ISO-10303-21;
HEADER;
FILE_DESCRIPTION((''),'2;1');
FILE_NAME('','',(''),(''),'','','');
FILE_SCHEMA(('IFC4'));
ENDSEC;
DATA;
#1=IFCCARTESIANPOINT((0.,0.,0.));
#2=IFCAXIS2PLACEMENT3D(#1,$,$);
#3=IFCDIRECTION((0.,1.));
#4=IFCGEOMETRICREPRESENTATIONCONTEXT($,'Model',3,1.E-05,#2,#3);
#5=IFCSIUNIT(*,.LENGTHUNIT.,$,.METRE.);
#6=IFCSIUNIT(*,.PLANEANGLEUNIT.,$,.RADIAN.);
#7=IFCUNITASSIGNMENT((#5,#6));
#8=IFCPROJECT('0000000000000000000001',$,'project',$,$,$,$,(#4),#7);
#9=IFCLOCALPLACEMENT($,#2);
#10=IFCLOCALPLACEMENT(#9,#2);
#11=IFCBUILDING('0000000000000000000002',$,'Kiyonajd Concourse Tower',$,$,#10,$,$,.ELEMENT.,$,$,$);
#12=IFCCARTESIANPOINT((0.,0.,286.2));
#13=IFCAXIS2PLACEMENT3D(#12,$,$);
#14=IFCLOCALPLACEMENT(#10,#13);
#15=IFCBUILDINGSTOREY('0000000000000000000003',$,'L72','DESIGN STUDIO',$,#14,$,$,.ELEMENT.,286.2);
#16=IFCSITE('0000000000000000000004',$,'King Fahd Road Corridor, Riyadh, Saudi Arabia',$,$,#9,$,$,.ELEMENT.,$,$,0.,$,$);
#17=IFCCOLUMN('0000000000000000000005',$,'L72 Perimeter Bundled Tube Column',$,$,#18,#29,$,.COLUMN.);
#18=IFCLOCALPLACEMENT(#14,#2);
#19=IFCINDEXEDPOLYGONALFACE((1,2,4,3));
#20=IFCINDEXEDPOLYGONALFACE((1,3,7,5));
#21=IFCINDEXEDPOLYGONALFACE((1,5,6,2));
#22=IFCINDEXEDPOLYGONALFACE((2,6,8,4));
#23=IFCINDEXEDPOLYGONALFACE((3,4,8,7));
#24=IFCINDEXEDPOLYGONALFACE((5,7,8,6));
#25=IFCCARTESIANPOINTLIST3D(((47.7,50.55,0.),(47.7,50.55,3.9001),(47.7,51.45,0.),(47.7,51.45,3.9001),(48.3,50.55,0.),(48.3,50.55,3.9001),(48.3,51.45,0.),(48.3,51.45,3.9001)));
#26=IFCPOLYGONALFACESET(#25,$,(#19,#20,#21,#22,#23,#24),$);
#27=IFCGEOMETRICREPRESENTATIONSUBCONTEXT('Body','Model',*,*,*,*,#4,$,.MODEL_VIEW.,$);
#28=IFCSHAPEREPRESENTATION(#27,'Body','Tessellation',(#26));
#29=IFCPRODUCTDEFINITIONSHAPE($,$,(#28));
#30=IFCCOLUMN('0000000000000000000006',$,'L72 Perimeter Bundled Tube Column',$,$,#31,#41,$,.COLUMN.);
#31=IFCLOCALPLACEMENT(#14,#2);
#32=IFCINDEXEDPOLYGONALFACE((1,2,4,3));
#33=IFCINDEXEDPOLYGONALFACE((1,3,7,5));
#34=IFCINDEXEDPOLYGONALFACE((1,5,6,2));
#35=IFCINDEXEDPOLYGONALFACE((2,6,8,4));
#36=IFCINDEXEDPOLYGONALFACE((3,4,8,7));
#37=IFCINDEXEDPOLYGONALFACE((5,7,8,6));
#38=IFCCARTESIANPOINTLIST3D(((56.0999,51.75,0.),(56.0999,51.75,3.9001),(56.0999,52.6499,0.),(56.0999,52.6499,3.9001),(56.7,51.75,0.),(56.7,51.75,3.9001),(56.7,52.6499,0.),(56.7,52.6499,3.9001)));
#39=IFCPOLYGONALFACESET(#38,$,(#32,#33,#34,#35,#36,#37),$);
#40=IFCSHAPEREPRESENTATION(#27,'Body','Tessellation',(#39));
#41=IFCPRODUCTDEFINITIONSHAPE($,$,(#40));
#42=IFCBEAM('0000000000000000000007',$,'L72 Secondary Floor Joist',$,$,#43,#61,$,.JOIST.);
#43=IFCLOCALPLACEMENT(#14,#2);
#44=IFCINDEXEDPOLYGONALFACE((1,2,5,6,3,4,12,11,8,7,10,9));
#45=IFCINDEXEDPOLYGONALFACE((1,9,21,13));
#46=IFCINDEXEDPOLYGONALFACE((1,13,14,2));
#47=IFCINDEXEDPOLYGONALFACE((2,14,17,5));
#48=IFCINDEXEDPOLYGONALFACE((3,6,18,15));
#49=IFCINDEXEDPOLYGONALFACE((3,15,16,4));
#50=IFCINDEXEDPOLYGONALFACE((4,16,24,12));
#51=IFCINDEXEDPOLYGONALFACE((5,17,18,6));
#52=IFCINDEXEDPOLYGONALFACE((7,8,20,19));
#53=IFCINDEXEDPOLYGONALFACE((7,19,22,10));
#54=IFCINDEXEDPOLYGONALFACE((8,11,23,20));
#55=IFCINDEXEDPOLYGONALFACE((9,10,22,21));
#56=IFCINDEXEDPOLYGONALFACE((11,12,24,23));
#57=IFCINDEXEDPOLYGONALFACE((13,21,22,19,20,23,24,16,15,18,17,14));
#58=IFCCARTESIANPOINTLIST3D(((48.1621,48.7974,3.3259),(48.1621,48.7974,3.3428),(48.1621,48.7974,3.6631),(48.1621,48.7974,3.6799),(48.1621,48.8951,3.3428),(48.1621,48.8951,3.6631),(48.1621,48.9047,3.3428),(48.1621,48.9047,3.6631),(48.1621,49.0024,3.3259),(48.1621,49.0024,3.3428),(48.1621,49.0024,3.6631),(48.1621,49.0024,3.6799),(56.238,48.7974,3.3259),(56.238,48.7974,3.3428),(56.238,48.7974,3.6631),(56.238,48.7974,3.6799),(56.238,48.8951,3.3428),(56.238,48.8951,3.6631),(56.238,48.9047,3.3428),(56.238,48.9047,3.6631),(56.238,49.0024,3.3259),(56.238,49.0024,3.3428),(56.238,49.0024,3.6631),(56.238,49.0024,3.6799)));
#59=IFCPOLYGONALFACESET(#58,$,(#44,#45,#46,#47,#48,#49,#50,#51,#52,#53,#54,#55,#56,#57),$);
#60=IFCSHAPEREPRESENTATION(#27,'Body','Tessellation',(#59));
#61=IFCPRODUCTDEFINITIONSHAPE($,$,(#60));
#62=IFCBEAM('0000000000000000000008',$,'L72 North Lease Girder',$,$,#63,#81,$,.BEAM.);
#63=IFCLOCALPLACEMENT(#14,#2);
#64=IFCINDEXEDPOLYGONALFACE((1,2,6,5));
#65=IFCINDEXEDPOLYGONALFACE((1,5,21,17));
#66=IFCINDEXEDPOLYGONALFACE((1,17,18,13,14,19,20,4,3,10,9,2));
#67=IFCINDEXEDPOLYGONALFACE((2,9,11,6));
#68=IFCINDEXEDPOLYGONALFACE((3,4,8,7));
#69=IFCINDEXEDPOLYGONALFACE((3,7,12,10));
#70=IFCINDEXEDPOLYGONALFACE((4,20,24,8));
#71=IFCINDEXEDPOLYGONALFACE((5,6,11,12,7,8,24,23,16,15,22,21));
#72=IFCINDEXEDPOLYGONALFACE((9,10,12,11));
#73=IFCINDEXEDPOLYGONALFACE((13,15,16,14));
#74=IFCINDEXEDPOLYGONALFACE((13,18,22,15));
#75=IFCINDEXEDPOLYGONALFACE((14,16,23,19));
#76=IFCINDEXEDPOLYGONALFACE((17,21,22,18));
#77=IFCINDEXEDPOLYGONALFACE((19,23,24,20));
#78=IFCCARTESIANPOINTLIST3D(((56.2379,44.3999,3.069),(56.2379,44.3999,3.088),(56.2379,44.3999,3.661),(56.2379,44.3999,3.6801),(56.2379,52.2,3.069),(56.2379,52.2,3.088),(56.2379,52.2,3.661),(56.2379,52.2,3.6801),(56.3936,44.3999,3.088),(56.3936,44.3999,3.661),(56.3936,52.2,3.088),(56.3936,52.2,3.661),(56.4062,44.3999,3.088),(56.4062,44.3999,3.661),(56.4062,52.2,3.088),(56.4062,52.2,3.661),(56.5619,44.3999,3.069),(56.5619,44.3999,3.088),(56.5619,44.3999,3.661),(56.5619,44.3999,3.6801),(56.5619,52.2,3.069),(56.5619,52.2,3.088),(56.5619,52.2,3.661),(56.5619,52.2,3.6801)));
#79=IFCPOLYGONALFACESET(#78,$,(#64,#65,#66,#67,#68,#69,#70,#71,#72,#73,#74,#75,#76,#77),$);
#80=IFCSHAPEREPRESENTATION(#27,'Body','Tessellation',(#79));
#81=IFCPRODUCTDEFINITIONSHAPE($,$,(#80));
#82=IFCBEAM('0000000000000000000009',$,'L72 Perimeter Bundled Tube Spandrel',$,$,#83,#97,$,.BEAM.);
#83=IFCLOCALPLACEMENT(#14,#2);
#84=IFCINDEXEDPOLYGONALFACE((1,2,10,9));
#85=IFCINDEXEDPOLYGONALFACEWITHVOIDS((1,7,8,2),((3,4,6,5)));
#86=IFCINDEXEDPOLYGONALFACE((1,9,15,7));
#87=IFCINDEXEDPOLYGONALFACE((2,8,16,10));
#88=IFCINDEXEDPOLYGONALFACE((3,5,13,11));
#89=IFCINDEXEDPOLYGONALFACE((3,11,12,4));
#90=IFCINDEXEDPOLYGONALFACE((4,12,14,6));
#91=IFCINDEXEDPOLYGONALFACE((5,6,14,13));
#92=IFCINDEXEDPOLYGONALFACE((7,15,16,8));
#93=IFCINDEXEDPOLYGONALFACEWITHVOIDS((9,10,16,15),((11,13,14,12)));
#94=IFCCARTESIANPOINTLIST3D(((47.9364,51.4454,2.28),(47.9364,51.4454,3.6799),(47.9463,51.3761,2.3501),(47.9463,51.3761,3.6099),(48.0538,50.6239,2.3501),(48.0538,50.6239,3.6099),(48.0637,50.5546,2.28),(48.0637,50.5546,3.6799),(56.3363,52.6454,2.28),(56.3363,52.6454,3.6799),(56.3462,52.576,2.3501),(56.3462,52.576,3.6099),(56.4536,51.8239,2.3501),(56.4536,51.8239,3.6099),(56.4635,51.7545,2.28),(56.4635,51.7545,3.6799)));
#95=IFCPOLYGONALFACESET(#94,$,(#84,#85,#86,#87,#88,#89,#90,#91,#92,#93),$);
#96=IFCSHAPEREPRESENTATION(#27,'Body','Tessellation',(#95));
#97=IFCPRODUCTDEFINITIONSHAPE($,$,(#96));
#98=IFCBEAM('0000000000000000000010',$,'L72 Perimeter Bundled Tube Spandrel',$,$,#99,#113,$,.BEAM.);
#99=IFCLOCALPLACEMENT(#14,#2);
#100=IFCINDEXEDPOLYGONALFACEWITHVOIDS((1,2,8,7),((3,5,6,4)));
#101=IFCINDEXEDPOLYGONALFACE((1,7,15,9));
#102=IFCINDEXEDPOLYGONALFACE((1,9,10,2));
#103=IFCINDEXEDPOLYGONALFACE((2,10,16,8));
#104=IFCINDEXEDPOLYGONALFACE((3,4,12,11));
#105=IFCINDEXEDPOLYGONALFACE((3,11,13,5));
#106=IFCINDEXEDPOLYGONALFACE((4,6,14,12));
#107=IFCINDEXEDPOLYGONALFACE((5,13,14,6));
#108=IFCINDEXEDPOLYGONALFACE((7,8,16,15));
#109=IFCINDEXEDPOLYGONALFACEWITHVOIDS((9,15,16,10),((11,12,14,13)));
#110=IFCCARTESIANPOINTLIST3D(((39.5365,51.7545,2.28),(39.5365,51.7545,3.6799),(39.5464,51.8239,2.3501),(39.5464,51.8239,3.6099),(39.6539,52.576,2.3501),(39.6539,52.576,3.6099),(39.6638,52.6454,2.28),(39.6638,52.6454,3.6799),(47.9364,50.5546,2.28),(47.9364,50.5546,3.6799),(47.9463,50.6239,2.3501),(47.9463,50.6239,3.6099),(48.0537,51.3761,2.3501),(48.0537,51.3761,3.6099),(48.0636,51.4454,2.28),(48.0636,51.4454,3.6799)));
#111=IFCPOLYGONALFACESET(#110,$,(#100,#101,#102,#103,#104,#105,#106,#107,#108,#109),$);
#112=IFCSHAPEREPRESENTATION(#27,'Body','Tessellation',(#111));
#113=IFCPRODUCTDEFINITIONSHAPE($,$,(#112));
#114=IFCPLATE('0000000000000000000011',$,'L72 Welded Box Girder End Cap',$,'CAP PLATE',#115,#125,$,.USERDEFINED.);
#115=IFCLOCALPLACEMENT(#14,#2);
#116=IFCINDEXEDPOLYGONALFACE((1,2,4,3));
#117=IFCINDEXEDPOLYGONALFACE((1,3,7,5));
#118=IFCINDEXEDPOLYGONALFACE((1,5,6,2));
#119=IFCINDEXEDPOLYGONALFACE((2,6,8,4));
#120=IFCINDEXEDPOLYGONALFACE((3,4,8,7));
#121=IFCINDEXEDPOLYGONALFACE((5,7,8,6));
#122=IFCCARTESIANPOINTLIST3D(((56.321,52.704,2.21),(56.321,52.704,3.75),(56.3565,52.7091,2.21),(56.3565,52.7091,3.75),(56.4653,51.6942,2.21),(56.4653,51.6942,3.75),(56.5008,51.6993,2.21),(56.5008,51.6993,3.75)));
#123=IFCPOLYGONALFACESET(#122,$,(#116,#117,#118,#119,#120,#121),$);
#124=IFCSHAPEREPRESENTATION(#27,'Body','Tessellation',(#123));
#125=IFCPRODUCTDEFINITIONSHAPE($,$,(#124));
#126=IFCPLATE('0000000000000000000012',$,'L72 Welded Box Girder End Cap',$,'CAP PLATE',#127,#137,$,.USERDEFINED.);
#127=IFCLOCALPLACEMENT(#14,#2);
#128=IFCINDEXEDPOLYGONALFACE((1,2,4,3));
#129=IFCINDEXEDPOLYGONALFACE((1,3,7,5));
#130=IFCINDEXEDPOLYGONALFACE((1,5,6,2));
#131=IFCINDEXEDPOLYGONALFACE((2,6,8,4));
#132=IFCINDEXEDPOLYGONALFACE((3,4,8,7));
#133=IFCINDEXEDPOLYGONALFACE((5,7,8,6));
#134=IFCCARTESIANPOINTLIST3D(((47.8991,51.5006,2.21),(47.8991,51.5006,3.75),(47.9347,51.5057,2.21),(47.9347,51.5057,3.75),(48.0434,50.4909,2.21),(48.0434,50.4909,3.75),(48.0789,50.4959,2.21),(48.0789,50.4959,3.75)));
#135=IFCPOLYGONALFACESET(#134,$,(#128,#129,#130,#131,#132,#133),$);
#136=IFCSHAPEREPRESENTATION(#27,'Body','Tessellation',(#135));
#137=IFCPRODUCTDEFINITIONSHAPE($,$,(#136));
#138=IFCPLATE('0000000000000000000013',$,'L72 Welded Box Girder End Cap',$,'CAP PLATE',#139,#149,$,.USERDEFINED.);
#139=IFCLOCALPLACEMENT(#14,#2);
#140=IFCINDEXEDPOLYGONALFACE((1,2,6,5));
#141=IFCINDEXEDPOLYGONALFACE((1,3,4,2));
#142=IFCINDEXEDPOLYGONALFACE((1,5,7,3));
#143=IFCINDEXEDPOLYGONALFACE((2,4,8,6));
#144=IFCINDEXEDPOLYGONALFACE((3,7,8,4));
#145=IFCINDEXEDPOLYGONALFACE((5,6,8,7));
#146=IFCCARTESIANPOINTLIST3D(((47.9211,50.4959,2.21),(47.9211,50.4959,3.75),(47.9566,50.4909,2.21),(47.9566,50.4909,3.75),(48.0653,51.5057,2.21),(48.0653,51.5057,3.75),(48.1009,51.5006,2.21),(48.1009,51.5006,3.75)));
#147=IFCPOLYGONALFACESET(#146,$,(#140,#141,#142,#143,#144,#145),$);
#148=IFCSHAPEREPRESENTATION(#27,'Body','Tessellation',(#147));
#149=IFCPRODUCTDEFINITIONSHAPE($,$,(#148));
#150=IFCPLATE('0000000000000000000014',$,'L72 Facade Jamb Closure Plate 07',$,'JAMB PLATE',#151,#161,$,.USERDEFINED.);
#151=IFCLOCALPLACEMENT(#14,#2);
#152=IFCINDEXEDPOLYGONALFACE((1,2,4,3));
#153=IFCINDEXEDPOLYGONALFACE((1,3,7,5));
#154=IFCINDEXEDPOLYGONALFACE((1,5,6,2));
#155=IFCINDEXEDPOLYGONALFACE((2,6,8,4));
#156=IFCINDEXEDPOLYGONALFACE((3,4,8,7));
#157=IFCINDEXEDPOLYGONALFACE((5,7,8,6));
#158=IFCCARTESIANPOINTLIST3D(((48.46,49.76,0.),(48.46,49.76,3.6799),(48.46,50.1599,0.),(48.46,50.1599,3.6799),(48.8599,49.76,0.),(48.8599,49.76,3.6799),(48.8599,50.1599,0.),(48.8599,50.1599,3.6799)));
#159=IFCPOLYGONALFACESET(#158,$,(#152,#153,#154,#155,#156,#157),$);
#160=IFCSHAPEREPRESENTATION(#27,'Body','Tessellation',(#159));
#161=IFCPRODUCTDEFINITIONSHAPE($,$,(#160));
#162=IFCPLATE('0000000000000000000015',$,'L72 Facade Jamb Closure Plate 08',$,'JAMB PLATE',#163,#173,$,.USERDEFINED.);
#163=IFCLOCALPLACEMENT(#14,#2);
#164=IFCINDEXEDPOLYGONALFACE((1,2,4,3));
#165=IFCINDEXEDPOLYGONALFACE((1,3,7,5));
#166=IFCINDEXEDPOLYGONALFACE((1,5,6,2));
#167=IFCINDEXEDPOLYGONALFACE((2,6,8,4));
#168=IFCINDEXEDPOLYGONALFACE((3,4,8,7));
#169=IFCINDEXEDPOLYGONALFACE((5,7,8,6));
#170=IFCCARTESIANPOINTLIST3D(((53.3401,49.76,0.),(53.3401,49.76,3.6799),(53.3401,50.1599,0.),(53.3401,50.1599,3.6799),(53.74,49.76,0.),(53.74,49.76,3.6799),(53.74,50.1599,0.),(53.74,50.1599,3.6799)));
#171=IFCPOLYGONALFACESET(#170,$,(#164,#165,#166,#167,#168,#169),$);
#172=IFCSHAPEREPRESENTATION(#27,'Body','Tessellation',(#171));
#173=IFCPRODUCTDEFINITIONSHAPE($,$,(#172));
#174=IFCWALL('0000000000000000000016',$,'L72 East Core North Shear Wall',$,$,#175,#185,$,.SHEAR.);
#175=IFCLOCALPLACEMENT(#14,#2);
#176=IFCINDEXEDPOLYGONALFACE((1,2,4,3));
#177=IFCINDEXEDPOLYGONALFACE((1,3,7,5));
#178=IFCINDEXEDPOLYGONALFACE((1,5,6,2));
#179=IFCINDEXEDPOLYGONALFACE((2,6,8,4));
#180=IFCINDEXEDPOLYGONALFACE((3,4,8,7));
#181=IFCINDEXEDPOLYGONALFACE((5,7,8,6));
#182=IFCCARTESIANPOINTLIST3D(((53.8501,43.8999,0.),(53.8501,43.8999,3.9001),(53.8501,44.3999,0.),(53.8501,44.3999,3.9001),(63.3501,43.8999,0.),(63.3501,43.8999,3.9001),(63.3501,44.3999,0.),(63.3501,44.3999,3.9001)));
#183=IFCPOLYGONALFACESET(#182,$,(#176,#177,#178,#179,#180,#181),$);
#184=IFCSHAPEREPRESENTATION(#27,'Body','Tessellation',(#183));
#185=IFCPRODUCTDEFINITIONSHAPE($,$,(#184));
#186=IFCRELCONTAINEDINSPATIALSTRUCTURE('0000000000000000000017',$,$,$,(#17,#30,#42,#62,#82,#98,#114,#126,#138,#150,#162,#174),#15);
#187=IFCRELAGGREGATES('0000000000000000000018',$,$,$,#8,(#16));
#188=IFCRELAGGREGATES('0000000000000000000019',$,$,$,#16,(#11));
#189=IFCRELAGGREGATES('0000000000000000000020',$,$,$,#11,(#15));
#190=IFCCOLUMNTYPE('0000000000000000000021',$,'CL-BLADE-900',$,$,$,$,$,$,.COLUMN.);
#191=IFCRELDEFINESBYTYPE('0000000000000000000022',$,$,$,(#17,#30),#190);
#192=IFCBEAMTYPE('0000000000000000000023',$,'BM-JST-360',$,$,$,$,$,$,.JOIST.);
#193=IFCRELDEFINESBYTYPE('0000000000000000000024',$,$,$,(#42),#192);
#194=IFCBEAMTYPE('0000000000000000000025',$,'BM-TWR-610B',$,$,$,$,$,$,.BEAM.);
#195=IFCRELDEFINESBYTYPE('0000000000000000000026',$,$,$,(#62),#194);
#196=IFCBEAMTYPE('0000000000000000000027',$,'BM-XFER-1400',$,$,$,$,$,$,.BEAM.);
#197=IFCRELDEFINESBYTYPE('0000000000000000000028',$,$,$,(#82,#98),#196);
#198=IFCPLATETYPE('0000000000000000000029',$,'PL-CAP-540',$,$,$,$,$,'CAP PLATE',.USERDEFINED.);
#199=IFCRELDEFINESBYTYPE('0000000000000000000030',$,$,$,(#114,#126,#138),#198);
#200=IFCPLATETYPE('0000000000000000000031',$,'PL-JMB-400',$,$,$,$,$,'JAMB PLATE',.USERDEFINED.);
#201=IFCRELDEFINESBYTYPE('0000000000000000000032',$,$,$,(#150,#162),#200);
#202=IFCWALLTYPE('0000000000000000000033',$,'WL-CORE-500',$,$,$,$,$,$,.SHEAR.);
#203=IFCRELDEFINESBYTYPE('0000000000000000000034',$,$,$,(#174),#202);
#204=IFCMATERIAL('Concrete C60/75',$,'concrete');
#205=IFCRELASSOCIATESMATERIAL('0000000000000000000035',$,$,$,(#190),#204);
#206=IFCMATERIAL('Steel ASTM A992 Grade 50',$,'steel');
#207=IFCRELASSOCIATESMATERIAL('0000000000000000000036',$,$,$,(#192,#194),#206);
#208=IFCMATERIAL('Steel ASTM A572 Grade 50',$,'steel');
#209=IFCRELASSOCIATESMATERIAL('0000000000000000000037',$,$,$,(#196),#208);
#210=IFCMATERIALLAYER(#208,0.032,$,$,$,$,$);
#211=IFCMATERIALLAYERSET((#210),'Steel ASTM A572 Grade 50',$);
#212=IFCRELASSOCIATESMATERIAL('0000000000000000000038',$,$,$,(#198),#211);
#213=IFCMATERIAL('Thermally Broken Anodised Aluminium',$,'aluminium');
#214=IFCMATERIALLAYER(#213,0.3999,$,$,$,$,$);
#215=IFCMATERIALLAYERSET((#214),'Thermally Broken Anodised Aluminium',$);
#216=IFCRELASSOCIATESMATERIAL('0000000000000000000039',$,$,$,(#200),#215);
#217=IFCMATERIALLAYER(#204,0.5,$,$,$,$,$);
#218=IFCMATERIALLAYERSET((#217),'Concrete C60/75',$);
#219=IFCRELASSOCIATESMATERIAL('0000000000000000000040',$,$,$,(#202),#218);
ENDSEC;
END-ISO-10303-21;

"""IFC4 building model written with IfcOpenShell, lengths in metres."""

from ifc_helpers import new_model, si_unit, direction, frame, frame_2d, origin, origin_2d, place, context, subcontext, project, spatial, rectangle, hollow_rectangle, i_section, extrude, material, layer, layer_set, material_profile, profile_set, type_object, element, save


model = new_model("IFC4")

# Units and contexts
model_context = context("Model", 3, precision=1e-05, world=origin(), true_north=direction((0.0, 1.0)))
body_context = subcontext(model_context, "Body", "Model", "MODEL_VIEW")
ifc_project = project(units=[si_unit("LENGTHUNIT", "METRE"), si_unit("PLANEANGLEUNIT", "RADIAN")], contexts=[model_context])

# Site, building, storey
site_placement = place(None, origin())
site = spatial("IfcSite", under=ifc_project, at=site_placement, Name="King Fahd Road Corridor, Riyadh, Saudi Arabia", CompositionType="ELEMENT", RefElevation=0.0)
building_placement = place(site_placement, origin())
building = spatial("IfcBuilding", under=site, at=building_placement, Name="Kiyonajd Concourse Tower", CompositionType="ELEMENT")
storey_placement = place(building_placement, frame((0.0, 0.0, 286.2)))
storey = spatial("IfcBuildingStorey", under=building, at=storey_placement, Name="L72", Description="DESIGN STUDIO", CompositionType="ELEMENT", Elevation=286.2)

# Columns
ifc_material_1 = material(Name="Concrete C60/75", Category="concrete")
ifc_material_profile_1 = material_profile(ifc_material_1, rectangle(XDim=0.6001, YDim=0.8999, at=origin_2d()), Name="RC-900x600")
ifc_profile_set_1 = profile_set([ifc_material_profile_1], Name="Concrete C60/75")
column_type = type_object("IfcColumnType", Name="CL-BLADE-900", PredefinedType="COLUMN", material=ifc_profile_set_1)
for number, where, z_axis, x_axis, name in (
    (1, (48.0, 51.0, 0.0), (0.0, 0.0, 1.0), (1.0, 0.0, 0.0), "L72 Perimeter Bundled Tube Column"),
    (2, (56.3999, 52.2, 0.0), (0.0, 0.0, 1.0), (1.0, 0.0, 0.0), "L72 Perimeter Bundled Tube Column"),
):
    element("IfcColumn", number, at=place(storey_placement, frame(where, z_axis=z_axis, x_axis=x_axis)), inside=storey, type_object=column_type, Name=name, PredefinedType="COLUMN", context=body_context, shape_type="SweptSolid", body=[
        extrude(rectangle(XDim=0.6001, YDim=0.8999, at=origin_2d()), origin(), (0.0, 0.0, 1.0), 3.9001),
    ])

# Beams
ifc_material_2 = material(Name="Steel ASTM A992 Grade 50", Category="steel")
ifc_material_profile_2 = material_profile(ifc_material_2, i_section(OverallWidth=0.2051, OverallDepth=0.354, WebThickness=0.0095, FlangeThickness=0.0168, at=origin_2d()), Name="W360X79")
ifc_profile_set_2 = profile_set([ifc_material_profile_2], Name="Steel ASTM A992 Grade 50")
beam_type_1 = type_object("IfcBeamType", Name="BM-JST-360", PredefinedType="JOIST", material=ifc_profile_set_2)
beam_1_placement = place(storey_placement, frame((48.1621, 48.8999, 3.5029), z_axis=(1.0, 0.0, 0.0), x_axis=(0.0, 1.0, 0.0)))
element("IfcBeam", 3, at=beam_1_placement, inside=storey, type_object=beam_type_1, Name="L72 Secondary Floor Joist", PredefinedType="JOIST", context=body_context, shape_type="SweptSolid", body=[
    extrude(i_section(OverallWidth=0.2051, OverallDepth=0.354, WebThickness=0.0095, FlangeThickness=0.0168, at=origin_2d()), origin(), (0.0, 0.0, 1.0), 8.0759),
])
ifc_material_profile_3 = material_profile(ifc_material_2, i_section(OverallWidth=0.324, OverallDepth=0.6111, WebThickness=0.0127, FlangeThickness=0.019, at=origin_2d()), Name="W610X155")
ifc_profile_set_3 = profile_set([ifc_material_profile_3], Name="Steel ASTM A992 Grade 50")
beam_type_2 = type_object("IfcBeamType", Name="BM-TWR-610B", PredefinedType="BEAM", material=ifc_profile_set_3)
beam_2_placement = place(storey_placement, frame((56.3999, 44.3999, 3.3745), z_axis=(0.0, 1.0, 0.0), x_axis=(-1.0, 0.0, 0.0)))
element("IfcBeam", 4, at=beam_2_placement, inside=storey, type_object=beam_type_2, Name="L72 North Lease Girder", PredefinedType="BEAM", context=body_context, shape_type="SweptSolid", body=[
    extrude(i_section(OverallWidth=0.324, OverallDepth=0.6111, WebThickness=0.0127, FlangeThickness=0.019, at=origin_2d()), origin(), (0.0, 0.0, 1.0), 7.8),
])
ifc_material_3 = material(Name="Steel ASTM A572 Grade 50", Category="steel")
ifc_material_profile_4 = material_profile(ifc_material_3, hollow_rectangle(XDim=0.8999, YDim=1.3999, WallThickness=0.0701, at=origin_2d()), Name="BOX-1400x900x70")
ifc_profile_set_4 = profile_set([ifc_material_profile_4], Name="Steel ASTM A572 Grade 50")
beam_type_3 = type_object("IfcBeamType", Name="BM-XFER-1400", PredefinedType="BEAM", material=ifc_profile_set_4)
for number, where, z_axis, x_axis, name in (
    (5, (56.3999, 52.2, 2.98), (-0.98995, -0.141417, 0.0), (0.141417, -0.98995, 0.0), "L72 Perimeter Bundled Tube Spandrel"),
    (6, (48.0, 51.0, 2.98), (-0.98995, 0.141417, 0.0), (-0.141417, -0.98995, 0.0), "L72 Perimeter Bundled Tube Spandrel"),
):
    element("IfcBeam", number, at=place(storey_placement, frame(where, z_axis=z_axis, x_axis=x_axis)), inside=storey, type_object=beam_type_3, Name=name, PredefinedType="BEAM", context=body_context, shape_type="SweptSolid", body=[
        extrude(hollow_rectangle(XDim=0.8999, YDim=1.3999, WallThickness=0.0701, at=origin_2d()), origin(), (0.0, 0.0, 1.0), 8.4851),
    ])

# Plates
ifc_layer_1 = layer(ifc_material_3, 0.032)
ifc_layer_set_1 = layer_set([ifc_layer_1], Name="Steel ASTM A572 Grade 50")
plate_type_1 = type_object("IfcPlateType", Name="PL-CAP-540", ElementType="CAP PLATE", PredefinedType="USERDEFINED", material=ifc_layer_set_1)
for number, where, z_axis, x_axis, name in (
    (7, (56.4109, 52.2017, 2.21), (0.0, 0.0, 1.0), (0.98995, 0.14142, 0.0), "L72 Welded Box Girder End Cap"),
    (8, (47.989, 50.9983, 2.21), (0.0, 0.0, 1.0), (-0.98995, -0.14142, 0.0), "L72 Welded Box Girder End Cap"),
    (9, (48.011, 50.9983, 2.21), (0.0, 0.0, 1.0), (0.98995, -0.14142, 0.0), "L72 Welded Box Girder End Cap"),
):
    element("IfcPlate", number, at=place(storey_placement, frame(where, z_axis=z_axis, x_axis=x_axis)), inside=storey, type_object=plate_type_1, Name=name, ObjectType="CAP PLATE", PredefinedType="USERDEFINED", context=body_context, shape_type="SweptSolid", body=[
        extrude(rectangle(XDim=0.0359, YDim=1.02, at=origin_2d()), origin(), (0.0, 0.0, 1.0), 1.54),
    ])
ifc_material_4 = material(Name="Thermally Broken Anodised Aluminium", Category="aluminium")
ifc_layer_2 = layer(ifc_material_4, 0.3999)
ifc_layer_set_2 = layer_set([ifc_layer_2], Name="Thermally Broken Anodised Aluminium")
plate_type_2 = type_object("IfcPlateType", Name="PL-JMB-400", ElementType="JAMB PLATE", PredefinedType="USERDEFINED", material=ifc_layer_set_2)
for number, where, z_axis, x_axis, name in (
    (10, (48.6599, 49.96, 0.0), (0.0, 0.0, 1.0), (1.0, 0.0, 0.0), "L72 Facade Jamb Closure Plate 07"),
    (11, (53.54, 49.96, 0.0), (0.0, 0.0, 1.0), (1.0, 0.0, 0.0), "L72 Facade Jamb Closure Plate 08"),
):
    element("IfcPlate", number, at=place(storey_placement, frame(where, z_axis=z_axis, x_axis=x_axis)), inside=storey, type_object=plate_type_2, Name=name, ObjectType="JAMB PLATE", PredefinedType="USERDEFINED", context=body_context, shape_type="SweptSolid", body=[
        extrude(rectangle(XDim=0.3999, YDim=0.3999, at=origin_2d()), origin(), (0.0, 0.0, 1.0), 3.6799),
    ])

# Wall
ifc_layer_3 = layer(ifc_material_1, 0.5)
ifc_layer_set_3 = layer_set([ifc_layer_3], Name="Concrete C60/75")
wall_type_1 = type_object("IfcWallType", Name="WL-CORE-500", PredefinedType="SHEAR", material=ifc_layer_set_3)
wall_1_placement = place(storey_placement, frame((53.8501, 44.1499, 0.0), z_axis=(0.0, 0.0, 1.0), x_axis=(1.0, 0.0, 0.0)))
element("IfcWall", 12, at=wall_1_placement, inside=storey, type_object=wall_type_1, Name="L72 East Core North Shear Wall", PredefinedType="SHEAR", context=body_context, shape_type="SweptSolid", body=[
    extrude(rectangle(XDim=9.5, YDim=0.5, at=frame_2d((4.75, 0.0))), origin(), (0.0, 0.0, 1.0), 3.9001),
])

save(model, "model.ifc")
